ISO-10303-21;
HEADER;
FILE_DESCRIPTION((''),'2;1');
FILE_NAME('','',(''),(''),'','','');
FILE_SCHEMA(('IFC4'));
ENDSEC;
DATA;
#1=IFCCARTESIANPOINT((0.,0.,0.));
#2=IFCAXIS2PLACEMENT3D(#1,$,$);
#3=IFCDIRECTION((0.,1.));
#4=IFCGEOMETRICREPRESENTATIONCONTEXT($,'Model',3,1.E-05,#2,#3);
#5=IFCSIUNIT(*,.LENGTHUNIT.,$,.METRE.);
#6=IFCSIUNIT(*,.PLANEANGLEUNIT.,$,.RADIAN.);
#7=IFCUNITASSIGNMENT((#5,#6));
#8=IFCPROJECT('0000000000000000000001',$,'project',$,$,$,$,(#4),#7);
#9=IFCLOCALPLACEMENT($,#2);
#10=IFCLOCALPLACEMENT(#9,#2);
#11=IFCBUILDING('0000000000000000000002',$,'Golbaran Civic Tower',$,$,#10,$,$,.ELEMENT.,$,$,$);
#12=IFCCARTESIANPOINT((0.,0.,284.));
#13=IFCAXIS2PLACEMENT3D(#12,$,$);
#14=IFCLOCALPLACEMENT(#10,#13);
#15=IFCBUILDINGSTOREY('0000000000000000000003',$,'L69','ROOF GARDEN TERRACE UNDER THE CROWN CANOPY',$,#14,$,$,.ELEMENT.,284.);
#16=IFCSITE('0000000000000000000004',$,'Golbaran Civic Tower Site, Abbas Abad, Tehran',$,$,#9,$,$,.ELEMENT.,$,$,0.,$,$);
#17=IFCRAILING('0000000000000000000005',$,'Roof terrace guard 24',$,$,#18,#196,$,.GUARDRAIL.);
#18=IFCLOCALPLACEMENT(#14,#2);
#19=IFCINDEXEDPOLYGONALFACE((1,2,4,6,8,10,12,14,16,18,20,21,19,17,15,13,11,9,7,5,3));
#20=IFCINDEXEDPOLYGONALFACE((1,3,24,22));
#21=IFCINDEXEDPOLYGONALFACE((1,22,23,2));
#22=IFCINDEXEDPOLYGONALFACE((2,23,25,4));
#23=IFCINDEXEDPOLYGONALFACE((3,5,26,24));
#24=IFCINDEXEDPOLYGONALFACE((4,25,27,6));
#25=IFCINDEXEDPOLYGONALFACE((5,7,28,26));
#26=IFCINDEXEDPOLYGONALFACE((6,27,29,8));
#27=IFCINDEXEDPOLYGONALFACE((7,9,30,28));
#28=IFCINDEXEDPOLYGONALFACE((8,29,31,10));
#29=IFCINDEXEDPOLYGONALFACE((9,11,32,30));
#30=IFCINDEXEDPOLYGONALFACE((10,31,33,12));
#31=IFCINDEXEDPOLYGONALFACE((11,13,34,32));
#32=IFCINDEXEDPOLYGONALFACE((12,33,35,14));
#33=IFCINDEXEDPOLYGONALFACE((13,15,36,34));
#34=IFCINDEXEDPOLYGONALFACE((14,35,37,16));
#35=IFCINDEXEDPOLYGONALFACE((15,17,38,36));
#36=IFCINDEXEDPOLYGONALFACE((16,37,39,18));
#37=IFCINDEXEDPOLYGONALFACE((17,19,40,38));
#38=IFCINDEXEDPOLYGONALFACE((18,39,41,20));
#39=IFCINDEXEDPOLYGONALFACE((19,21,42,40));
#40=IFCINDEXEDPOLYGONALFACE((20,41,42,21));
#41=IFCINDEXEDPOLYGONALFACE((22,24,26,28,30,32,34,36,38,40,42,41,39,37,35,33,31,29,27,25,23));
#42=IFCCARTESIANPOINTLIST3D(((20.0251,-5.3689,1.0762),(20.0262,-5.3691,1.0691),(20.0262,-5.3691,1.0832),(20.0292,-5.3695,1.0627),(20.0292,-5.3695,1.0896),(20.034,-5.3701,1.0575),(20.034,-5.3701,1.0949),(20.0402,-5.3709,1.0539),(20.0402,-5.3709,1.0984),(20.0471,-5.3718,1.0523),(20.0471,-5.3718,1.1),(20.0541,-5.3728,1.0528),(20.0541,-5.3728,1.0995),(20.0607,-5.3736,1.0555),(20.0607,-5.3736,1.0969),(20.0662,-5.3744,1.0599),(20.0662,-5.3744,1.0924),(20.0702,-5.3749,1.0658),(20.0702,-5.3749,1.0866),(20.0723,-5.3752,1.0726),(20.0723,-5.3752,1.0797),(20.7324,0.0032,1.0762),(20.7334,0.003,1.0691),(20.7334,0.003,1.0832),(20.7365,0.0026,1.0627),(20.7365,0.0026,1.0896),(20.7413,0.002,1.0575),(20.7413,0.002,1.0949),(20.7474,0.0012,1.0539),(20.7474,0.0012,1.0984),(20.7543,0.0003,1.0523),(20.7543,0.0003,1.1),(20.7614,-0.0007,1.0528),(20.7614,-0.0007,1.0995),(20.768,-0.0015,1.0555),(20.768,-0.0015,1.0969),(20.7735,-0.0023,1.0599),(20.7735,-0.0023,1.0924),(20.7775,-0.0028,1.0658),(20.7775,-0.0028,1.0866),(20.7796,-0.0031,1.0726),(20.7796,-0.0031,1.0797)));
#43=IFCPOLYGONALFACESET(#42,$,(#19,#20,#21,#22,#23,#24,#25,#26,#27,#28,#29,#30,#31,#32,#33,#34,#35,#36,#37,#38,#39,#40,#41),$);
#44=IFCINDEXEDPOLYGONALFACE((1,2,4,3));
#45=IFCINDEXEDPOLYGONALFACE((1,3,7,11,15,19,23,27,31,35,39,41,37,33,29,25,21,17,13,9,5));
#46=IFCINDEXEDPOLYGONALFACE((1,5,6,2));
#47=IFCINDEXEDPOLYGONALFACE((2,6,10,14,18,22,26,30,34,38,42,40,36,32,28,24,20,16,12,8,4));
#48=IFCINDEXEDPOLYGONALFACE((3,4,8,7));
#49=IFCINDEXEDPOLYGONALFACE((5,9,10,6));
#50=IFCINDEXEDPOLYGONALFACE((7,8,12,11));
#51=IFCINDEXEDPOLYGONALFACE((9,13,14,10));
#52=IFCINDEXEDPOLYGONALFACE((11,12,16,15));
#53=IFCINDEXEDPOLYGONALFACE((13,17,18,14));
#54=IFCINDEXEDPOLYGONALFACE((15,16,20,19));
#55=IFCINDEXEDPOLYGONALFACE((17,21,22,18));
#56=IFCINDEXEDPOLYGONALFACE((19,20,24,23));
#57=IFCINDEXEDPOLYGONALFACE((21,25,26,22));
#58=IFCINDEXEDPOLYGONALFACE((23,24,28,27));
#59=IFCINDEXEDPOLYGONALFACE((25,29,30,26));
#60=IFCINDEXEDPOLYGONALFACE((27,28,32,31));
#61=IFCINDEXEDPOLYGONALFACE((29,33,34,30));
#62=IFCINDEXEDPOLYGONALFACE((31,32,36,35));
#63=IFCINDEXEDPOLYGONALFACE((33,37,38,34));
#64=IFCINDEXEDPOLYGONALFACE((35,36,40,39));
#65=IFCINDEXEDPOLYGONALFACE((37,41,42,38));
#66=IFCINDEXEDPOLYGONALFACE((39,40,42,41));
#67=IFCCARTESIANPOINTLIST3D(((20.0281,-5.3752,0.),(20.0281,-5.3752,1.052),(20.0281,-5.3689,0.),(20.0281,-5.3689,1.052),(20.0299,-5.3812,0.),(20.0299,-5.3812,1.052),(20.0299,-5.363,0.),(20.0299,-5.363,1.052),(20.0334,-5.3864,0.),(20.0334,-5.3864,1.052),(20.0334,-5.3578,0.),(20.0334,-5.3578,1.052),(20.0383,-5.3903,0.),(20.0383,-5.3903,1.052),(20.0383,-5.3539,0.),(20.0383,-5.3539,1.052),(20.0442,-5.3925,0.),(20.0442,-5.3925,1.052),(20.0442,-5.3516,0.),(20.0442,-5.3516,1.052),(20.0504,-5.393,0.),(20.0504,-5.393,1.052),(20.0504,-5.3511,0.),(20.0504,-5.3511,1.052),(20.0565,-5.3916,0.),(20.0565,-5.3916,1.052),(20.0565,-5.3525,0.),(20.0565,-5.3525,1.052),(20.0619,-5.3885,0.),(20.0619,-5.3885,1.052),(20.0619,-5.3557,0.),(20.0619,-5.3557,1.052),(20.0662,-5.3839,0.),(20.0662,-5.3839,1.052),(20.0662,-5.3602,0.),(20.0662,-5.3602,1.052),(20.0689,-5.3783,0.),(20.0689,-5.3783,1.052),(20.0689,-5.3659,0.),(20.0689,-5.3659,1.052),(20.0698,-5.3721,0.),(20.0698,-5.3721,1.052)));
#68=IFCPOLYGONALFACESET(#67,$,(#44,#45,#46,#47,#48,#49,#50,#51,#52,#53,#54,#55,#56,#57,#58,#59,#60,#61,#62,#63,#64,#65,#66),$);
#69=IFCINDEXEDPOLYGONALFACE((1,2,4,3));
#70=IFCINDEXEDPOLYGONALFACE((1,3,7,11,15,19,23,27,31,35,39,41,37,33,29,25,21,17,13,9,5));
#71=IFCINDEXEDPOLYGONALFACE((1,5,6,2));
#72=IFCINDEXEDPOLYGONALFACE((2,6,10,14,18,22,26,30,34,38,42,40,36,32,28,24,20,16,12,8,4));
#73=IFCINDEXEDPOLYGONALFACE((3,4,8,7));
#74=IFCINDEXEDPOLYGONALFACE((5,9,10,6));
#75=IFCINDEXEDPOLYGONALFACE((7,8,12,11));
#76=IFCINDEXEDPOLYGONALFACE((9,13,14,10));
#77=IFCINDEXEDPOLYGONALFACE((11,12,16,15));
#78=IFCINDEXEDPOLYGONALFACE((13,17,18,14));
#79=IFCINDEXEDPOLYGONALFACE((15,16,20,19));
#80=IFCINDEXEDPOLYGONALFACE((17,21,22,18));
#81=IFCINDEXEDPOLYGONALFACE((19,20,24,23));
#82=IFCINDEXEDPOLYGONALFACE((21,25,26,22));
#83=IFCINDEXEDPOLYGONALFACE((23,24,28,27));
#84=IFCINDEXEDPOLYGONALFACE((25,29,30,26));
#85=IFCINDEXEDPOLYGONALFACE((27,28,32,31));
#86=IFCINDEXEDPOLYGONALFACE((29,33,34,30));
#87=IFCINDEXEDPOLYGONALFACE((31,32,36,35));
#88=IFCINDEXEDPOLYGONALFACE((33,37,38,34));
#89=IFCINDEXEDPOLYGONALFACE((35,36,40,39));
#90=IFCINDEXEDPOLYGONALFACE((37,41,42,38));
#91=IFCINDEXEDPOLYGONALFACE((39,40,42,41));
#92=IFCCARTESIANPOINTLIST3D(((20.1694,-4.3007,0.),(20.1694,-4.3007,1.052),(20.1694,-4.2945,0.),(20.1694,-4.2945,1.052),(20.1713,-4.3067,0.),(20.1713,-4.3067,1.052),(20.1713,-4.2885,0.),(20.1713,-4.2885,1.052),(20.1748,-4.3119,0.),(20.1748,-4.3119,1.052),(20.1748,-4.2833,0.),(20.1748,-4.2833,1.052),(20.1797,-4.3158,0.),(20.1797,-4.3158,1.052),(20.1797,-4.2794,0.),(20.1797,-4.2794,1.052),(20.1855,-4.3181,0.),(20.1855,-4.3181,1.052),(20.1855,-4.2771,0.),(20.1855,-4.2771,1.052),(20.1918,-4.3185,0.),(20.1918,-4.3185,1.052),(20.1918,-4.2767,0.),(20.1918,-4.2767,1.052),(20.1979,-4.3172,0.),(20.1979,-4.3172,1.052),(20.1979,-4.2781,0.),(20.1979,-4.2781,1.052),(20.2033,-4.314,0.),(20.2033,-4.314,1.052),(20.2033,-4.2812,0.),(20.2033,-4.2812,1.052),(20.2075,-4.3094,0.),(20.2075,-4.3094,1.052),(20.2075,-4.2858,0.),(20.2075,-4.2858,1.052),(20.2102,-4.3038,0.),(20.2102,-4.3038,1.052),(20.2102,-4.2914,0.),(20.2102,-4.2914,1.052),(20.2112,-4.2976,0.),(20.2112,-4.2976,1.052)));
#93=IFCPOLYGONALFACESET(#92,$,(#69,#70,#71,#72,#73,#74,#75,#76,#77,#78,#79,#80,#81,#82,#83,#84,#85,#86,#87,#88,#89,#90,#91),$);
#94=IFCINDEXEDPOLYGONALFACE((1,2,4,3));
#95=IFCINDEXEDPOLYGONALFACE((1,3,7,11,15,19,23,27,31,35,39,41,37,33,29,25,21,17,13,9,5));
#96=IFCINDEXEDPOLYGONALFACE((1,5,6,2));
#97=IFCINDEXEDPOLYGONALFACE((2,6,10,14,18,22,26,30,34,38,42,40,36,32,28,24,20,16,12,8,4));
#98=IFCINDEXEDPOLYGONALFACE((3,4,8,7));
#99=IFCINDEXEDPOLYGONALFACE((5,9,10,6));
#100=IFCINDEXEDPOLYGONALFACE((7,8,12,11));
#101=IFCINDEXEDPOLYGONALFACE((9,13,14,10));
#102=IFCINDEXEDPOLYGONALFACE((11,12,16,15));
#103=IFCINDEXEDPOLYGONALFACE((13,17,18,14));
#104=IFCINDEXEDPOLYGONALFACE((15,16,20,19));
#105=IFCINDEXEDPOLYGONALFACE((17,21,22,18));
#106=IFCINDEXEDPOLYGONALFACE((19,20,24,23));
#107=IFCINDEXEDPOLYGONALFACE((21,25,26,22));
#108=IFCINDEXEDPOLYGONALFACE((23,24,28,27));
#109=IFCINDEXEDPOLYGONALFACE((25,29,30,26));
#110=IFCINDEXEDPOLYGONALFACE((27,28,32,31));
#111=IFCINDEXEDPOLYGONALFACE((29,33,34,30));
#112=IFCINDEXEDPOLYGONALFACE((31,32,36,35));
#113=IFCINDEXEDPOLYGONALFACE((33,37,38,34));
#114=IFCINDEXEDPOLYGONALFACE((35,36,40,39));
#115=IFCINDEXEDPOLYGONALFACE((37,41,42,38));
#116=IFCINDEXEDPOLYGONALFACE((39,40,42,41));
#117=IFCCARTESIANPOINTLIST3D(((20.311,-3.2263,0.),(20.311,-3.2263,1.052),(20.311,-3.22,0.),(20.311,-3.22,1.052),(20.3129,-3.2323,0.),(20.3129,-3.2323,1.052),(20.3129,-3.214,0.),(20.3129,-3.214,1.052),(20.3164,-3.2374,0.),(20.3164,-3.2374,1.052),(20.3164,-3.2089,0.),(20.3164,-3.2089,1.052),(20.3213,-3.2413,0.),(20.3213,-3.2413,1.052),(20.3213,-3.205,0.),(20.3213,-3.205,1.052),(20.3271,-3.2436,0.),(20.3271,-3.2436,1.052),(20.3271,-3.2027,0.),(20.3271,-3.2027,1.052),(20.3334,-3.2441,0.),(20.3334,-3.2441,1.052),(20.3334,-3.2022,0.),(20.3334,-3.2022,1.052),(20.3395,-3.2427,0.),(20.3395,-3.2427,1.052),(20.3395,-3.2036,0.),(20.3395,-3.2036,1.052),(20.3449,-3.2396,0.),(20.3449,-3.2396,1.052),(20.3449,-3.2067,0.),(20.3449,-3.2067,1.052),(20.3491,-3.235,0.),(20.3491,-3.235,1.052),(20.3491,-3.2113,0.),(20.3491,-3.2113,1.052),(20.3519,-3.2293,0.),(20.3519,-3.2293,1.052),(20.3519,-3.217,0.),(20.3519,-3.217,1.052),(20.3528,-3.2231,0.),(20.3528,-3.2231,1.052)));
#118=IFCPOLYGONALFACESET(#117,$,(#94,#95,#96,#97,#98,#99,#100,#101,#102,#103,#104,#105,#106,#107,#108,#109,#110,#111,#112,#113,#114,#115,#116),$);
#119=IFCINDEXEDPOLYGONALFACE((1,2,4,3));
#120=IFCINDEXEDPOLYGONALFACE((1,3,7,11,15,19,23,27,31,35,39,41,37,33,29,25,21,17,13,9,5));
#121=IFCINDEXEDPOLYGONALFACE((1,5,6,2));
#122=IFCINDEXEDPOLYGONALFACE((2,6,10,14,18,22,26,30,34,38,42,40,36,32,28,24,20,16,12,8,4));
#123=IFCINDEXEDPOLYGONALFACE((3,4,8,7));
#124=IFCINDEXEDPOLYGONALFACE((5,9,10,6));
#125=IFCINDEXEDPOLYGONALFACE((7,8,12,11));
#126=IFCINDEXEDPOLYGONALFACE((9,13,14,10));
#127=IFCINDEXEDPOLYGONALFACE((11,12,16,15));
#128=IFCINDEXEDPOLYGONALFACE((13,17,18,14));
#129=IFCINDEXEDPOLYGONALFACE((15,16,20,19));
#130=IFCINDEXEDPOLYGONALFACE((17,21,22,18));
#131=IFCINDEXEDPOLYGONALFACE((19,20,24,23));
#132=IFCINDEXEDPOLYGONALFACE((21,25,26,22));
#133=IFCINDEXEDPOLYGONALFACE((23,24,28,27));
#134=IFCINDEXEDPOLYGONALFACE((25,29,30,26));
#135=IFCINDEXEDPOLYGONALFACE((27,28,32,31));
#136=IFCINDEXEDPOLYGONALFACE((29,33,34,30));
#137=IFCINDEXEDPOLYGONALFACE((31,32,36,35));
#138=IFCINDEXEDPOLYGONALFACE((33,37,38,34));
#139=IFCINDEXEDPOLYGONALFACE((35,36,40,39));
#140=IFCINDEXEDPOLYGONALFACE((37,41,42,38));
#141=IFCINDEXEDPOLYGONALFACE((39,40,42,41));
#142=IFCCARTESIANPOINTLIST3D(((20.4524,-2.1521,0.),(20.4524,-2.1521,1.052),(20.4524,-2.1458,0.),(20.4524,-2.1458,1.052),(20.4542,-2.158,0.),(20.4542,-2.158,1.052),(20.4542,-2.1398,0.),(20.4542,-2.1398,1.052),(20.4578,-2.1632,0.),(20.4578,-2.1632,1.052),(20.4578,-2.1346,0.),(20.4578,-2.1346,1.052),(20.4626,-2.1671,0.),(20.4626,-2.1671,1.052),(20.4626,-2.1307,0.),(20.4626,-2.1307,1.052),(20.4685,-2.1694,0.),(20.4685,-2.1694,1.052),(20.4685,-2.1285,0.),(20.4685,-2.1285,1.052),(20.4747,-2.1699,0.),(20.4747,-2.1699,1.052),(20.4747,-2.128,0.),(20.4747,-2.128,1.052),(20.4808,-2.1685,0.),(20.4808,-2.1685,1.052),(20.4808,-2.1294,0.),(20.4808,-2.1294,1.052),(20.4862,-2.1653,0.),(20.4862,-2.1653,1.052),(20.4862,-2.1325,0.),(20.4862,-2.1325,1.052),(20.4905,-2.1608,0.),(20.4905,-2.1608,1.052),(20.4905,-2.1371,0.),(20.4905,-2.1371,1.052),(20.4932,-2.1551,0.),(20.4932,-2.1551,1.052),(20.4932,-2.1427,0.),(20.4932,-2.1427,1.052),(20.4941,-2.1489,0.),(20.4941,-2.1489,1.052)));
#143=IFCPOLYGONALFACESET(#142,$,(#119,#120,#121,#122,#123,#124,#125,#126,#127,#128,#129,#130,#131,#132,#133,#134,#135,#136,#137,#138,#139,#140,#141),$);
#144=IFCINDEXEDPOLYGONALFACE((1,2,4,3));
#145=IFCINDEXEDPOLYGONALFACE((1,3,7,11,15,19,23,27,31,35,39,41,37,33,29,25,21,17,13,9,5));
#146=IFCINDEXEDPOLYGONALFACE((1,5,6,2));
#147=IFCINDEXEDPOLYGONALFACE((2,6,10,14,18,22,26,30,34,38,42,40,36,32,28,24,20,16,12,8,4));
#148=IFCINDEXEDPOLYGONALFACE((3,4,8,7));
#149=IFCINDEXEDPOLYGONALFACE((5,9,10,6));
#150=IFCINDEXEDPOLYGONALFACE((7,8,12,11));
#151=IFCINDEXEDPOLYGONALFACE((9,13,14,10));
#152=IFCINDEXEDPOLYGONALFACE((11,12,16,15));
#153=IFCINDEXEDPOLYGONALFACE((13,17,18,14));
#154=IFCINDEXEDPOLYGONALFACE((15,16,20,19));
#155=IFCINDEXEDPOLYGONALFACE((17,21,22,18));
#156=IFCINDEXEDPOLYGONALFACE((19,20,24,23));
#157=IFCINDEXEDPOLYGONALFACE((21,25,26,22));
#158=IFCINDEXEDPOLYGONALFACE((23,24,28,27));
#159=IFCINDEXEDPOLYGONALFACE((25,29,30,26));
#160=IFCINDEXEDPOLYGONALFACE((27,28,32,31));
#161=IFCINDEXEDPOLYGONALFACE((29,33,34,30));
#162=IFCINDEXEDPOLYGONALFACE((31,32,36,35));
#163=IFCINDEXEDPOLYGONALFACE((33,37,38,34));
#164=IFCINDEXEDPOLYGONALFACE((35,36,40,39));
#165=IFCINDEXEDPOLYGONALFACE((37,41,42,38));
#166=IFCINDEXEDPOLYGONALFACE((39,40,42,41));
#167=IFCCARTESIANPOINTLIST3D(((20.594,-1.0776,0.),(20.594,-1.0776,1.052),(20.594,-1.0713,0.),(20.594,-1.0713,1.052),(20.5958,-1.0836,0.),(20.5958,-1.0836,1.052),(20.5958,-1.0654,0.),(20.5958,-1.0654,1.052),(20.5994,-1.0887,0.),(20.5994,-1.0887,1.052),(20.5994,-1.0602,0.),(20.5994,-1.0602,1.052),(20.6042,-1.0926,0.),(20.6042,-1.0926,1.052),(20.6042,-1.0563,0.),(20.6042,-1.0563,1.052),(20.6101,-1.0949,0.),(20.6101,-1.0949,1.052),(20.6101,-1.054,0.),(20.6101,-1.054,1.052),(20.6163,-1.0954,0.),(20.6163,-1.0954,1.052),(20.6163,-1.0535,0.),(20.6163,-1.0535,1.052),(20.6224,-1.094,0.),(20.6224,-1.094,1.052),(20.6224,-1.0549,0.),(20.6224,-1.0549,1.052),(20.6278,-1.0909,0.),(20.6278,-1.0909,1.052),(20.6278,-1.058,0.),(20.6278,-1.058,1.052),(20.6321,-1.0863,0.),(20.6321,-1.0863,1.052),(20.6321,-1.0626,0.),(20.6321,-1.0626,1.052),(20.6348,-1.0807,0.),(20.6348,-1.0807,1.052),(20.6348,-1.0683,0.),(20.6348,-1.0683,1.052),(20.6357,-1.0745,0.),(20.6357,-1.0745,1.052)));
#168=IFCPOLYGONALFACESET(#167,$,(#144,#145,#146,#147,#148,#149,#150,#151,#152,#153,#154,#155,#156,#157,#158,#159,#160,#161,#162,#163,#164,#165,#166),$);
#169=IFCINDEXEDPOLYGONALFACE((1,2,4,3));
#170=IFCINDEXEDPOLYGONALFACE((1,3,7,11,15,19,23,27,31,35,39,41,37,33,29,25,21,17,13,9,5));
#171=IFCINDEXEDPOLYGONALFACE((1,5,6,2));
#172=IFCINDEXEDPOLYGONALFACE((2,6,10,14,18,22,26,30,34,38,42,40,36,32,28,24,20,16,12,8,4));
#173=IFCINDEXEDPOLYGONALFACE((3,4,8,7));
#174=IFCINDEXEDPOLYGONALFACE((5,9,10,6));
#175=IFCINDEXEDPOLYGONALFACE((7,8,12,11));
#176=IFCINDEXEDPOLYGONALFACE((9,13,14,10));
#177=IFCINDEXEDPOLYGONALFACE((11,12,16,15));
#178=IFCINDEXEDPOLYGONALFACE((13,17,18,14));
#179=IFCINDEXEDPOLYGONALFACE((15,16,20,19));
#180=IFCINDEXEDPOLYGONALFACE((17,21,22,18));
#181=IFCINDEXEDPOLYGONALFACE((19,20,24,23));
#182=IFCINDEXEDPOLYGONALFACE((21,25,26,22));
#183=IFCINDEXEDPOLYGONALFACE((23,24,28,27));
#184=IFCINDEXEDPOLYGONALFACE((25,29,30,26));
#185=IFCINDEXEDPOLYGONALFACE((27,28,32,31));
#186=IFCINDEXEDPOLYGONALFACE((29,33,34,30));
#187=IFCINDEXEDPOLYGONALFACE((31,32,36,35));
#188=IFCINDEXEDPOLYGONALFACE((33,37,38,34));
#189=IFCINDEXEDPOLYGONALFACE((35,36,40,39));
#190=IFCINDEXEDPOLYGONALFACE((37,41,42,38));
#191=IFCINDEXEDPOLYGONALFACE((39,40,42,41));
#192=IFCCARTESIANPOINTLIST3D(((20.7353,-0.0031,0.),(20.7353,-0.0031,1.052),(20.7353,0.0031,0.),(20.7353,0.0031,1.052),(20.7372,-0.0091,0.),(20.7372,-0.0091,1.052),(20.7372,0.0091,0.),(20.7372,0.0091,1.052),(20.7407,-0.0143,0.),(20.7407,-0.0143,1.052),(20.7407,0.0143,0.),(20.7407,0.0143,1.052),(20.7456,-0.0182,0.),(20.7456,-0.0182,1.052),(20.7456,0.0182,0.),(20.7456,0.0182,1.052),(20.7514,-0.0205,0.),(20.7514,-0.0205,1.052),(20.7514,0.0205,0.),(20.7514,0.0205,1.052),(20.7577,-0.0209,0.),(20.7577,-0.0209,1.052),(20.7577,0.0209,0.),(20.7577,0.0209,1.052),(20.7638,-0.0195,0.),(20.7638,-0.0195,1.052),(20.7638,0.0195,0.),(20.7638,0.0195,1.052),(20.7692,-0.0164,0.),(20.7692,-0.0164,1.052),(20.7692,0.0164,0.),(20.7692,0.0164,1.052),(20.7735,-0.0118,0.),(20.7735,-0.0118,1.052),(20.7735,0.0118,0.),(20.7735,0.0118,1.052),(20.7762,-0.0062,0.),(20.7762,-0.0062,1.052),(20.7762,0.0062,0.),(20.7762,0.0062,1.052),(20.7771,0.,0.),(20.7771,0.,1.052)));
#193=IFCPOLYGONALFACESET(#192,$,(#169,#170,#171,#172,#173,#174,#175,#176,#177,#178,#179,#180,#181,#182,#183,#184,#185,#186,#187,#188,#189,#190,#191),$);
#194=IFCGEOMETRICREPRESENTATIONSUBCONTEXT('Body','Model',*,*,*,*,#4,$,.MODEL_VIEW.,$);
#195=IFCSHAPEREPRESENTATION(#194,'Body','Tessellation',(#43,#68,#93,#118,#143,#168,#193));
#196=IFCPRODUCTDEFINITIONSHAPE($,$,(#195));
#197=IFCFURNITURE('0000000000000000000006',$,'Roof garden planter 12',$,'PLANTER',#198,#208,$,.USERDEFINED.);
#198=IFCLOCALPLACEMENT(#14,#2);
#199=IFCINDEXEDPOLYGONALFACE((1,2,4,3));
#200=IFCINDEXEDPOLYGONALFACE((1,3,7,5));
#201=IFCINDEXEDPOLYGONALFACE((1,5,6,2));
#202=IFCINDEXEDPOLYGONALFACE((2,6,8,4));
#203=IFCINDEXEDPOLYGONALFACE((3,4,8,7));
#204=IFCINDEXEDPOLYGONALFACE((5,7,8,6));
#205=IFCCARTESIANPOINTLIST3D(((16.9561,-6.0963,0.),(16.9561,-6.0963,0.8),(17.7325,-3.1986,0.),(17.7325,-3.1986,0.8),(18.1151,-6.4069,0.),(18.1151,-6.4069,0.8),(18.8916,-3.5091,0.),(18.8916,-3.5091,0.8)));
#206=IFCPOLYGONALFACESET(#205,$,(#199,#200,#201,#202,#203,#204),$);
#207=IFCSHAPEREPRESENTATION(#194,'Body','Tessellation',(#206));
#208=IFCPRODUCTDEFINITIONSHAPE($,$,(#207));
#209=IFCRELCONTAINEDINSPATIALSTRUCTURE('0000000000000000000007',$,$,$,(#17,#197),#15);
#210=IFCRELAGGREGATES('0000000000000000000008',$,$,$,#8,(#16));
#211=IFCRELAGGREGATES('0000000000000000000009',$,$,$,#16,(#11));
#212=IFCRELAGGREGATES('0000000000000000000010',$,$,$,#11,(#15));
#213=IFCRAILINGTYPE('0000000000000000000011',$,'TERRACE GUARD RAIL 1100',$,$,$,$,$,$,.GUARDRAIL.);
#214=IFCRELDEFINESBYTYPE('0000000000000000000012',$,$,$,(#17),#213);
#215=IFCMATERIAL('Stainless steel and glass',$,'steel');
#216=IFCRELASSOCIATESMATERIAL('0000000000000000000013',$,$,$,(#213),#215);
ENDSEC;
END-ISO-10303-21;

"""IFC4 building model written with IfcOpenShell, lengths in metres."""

from ifc_helpers import new_model, si_unit, direction, frame, origin, origin_2d, place, context, subcontext, project, spatial, rectangle, circle, extrude, material, type_object, element, save


model = new_model("IFC4")

# Units and contexts
model_context = context("Model", 3, precision=1e-05, world=origin(), true_north=direction((0.0, 1.0)))
body_context = subcontext(model_context, "Body", "Model", "MODEL_VIEW")
ifc_project = project(units=[si_unit("LENGTHUNIT", "METRE"), si_unit("PLANEANGLEUNIT", "RADIAN")], contexts=[model_context])

# Site, building, storey
site_placement = place(None, origin())
site = spatial("IfcSite", under=ifc_project, at=site_placement, Name="Golbaran Civic Tower Site, Abbas Abad, Tehran", CompositionType="ELEMENT", RefElevation=0.0)
building_placement = place(site_placement, origin())
building = spatial("IfcBuilding", under=site, at=building_placement, Name="Golbaran Civic Tower", CompositionType="ELEMENT")
storey_placement = place(building_placement, frame((0.0, 0.0, 284.0)))
storey = spatial("IfcBuildingStorey", under=building, at=storey_placement, Name="L69", Description="ROOF GARDEN TERRACE UNDER THE CROWN CANOPY", CompositionType="ELEMENT", Elevation=284.0)

# Railing
ifc_material_1 = material(Name="Stainless steel and glass", Category="steel")
railing_type = type_object("IfcRailingType", Name="TERRACE GUARD RAIL 1100", PredefinedType="GUARDRAIL", material=ifc_material_1)
railing_1_placement = place(storey_placement, frame((20.0488, -5.3721, 0.0)))
element("IfcRailing", 1, at=railing_1_placement, inside=storey, type_object=railing_type, Name="Roof terrace guard 24", PredefinedType="GUARDRAIL", context=body_context, shape_type="SweptSolid", body=[
    extrude(circle(Radius=0.0239, at=origin_2d()), frame((0.0, 0.0, 1.0762), z_axis=(0.130531, 0.991444, 0.0), x_axis=(-0.991444, 0.130531, 0.0)), (0.0, 0.0, 1.0), 5.4185),
    extrude(circle(Radius=0.021, at=origin_2d()), origin(), (0.0, 0.0, 1.0), 1.052),
    extrude(circle(Radius=0.021, at=origin_2d()), frame((0.1414, 1.0745, 0.0)), (0.0, 0.0, 1.0), 1.052),
    extrude(circle(Radius=0.021, at=origin_2d()), frame((0.283, 2.1489, 0.0)), (0.0, 0.0, 1.0), 1.052),
    extrude(circle(Radius=0.021, at=origin_2d()), frame((0.4243, 3.2231, 0.0)), (0.0, 0.0, 1.0), 1.052),
    extrude(circle(Radius=0.021, at=origin_2d()), frame((0.5659, 4.2976, 0.0)), (0.0, 0.0, 1.0), 1.052),
    extrude(circle(Radius=0.021, at=origin_2d()), frame((0.7073, 5.3721, 0.0)), (0.0, 0.0, 1.0), 1.052),
])

# Furniture
furniture_placement = place(storey_placement, frame((17.9238, -4.8027, 0.0), z_axis=(0.0, 0.0, 1.0), x_axis=(0.258819, 0.965926, 0.0)))
element("IfcFurniture", 2, at=furniture_placement, inside=storey, Name="Roof garden planter 12", ObjectType="PLANTER", PredefinedType="USERDEFINED", context=body_context, shape_type="SweptSolid", body=[
    extrude(rectangle(XDim=3.0, YDim=1.2, at=origin_2d()), origin(), (0.0, 0.0, 1.0), 0.8),
])

save(model, "model.ifc")
